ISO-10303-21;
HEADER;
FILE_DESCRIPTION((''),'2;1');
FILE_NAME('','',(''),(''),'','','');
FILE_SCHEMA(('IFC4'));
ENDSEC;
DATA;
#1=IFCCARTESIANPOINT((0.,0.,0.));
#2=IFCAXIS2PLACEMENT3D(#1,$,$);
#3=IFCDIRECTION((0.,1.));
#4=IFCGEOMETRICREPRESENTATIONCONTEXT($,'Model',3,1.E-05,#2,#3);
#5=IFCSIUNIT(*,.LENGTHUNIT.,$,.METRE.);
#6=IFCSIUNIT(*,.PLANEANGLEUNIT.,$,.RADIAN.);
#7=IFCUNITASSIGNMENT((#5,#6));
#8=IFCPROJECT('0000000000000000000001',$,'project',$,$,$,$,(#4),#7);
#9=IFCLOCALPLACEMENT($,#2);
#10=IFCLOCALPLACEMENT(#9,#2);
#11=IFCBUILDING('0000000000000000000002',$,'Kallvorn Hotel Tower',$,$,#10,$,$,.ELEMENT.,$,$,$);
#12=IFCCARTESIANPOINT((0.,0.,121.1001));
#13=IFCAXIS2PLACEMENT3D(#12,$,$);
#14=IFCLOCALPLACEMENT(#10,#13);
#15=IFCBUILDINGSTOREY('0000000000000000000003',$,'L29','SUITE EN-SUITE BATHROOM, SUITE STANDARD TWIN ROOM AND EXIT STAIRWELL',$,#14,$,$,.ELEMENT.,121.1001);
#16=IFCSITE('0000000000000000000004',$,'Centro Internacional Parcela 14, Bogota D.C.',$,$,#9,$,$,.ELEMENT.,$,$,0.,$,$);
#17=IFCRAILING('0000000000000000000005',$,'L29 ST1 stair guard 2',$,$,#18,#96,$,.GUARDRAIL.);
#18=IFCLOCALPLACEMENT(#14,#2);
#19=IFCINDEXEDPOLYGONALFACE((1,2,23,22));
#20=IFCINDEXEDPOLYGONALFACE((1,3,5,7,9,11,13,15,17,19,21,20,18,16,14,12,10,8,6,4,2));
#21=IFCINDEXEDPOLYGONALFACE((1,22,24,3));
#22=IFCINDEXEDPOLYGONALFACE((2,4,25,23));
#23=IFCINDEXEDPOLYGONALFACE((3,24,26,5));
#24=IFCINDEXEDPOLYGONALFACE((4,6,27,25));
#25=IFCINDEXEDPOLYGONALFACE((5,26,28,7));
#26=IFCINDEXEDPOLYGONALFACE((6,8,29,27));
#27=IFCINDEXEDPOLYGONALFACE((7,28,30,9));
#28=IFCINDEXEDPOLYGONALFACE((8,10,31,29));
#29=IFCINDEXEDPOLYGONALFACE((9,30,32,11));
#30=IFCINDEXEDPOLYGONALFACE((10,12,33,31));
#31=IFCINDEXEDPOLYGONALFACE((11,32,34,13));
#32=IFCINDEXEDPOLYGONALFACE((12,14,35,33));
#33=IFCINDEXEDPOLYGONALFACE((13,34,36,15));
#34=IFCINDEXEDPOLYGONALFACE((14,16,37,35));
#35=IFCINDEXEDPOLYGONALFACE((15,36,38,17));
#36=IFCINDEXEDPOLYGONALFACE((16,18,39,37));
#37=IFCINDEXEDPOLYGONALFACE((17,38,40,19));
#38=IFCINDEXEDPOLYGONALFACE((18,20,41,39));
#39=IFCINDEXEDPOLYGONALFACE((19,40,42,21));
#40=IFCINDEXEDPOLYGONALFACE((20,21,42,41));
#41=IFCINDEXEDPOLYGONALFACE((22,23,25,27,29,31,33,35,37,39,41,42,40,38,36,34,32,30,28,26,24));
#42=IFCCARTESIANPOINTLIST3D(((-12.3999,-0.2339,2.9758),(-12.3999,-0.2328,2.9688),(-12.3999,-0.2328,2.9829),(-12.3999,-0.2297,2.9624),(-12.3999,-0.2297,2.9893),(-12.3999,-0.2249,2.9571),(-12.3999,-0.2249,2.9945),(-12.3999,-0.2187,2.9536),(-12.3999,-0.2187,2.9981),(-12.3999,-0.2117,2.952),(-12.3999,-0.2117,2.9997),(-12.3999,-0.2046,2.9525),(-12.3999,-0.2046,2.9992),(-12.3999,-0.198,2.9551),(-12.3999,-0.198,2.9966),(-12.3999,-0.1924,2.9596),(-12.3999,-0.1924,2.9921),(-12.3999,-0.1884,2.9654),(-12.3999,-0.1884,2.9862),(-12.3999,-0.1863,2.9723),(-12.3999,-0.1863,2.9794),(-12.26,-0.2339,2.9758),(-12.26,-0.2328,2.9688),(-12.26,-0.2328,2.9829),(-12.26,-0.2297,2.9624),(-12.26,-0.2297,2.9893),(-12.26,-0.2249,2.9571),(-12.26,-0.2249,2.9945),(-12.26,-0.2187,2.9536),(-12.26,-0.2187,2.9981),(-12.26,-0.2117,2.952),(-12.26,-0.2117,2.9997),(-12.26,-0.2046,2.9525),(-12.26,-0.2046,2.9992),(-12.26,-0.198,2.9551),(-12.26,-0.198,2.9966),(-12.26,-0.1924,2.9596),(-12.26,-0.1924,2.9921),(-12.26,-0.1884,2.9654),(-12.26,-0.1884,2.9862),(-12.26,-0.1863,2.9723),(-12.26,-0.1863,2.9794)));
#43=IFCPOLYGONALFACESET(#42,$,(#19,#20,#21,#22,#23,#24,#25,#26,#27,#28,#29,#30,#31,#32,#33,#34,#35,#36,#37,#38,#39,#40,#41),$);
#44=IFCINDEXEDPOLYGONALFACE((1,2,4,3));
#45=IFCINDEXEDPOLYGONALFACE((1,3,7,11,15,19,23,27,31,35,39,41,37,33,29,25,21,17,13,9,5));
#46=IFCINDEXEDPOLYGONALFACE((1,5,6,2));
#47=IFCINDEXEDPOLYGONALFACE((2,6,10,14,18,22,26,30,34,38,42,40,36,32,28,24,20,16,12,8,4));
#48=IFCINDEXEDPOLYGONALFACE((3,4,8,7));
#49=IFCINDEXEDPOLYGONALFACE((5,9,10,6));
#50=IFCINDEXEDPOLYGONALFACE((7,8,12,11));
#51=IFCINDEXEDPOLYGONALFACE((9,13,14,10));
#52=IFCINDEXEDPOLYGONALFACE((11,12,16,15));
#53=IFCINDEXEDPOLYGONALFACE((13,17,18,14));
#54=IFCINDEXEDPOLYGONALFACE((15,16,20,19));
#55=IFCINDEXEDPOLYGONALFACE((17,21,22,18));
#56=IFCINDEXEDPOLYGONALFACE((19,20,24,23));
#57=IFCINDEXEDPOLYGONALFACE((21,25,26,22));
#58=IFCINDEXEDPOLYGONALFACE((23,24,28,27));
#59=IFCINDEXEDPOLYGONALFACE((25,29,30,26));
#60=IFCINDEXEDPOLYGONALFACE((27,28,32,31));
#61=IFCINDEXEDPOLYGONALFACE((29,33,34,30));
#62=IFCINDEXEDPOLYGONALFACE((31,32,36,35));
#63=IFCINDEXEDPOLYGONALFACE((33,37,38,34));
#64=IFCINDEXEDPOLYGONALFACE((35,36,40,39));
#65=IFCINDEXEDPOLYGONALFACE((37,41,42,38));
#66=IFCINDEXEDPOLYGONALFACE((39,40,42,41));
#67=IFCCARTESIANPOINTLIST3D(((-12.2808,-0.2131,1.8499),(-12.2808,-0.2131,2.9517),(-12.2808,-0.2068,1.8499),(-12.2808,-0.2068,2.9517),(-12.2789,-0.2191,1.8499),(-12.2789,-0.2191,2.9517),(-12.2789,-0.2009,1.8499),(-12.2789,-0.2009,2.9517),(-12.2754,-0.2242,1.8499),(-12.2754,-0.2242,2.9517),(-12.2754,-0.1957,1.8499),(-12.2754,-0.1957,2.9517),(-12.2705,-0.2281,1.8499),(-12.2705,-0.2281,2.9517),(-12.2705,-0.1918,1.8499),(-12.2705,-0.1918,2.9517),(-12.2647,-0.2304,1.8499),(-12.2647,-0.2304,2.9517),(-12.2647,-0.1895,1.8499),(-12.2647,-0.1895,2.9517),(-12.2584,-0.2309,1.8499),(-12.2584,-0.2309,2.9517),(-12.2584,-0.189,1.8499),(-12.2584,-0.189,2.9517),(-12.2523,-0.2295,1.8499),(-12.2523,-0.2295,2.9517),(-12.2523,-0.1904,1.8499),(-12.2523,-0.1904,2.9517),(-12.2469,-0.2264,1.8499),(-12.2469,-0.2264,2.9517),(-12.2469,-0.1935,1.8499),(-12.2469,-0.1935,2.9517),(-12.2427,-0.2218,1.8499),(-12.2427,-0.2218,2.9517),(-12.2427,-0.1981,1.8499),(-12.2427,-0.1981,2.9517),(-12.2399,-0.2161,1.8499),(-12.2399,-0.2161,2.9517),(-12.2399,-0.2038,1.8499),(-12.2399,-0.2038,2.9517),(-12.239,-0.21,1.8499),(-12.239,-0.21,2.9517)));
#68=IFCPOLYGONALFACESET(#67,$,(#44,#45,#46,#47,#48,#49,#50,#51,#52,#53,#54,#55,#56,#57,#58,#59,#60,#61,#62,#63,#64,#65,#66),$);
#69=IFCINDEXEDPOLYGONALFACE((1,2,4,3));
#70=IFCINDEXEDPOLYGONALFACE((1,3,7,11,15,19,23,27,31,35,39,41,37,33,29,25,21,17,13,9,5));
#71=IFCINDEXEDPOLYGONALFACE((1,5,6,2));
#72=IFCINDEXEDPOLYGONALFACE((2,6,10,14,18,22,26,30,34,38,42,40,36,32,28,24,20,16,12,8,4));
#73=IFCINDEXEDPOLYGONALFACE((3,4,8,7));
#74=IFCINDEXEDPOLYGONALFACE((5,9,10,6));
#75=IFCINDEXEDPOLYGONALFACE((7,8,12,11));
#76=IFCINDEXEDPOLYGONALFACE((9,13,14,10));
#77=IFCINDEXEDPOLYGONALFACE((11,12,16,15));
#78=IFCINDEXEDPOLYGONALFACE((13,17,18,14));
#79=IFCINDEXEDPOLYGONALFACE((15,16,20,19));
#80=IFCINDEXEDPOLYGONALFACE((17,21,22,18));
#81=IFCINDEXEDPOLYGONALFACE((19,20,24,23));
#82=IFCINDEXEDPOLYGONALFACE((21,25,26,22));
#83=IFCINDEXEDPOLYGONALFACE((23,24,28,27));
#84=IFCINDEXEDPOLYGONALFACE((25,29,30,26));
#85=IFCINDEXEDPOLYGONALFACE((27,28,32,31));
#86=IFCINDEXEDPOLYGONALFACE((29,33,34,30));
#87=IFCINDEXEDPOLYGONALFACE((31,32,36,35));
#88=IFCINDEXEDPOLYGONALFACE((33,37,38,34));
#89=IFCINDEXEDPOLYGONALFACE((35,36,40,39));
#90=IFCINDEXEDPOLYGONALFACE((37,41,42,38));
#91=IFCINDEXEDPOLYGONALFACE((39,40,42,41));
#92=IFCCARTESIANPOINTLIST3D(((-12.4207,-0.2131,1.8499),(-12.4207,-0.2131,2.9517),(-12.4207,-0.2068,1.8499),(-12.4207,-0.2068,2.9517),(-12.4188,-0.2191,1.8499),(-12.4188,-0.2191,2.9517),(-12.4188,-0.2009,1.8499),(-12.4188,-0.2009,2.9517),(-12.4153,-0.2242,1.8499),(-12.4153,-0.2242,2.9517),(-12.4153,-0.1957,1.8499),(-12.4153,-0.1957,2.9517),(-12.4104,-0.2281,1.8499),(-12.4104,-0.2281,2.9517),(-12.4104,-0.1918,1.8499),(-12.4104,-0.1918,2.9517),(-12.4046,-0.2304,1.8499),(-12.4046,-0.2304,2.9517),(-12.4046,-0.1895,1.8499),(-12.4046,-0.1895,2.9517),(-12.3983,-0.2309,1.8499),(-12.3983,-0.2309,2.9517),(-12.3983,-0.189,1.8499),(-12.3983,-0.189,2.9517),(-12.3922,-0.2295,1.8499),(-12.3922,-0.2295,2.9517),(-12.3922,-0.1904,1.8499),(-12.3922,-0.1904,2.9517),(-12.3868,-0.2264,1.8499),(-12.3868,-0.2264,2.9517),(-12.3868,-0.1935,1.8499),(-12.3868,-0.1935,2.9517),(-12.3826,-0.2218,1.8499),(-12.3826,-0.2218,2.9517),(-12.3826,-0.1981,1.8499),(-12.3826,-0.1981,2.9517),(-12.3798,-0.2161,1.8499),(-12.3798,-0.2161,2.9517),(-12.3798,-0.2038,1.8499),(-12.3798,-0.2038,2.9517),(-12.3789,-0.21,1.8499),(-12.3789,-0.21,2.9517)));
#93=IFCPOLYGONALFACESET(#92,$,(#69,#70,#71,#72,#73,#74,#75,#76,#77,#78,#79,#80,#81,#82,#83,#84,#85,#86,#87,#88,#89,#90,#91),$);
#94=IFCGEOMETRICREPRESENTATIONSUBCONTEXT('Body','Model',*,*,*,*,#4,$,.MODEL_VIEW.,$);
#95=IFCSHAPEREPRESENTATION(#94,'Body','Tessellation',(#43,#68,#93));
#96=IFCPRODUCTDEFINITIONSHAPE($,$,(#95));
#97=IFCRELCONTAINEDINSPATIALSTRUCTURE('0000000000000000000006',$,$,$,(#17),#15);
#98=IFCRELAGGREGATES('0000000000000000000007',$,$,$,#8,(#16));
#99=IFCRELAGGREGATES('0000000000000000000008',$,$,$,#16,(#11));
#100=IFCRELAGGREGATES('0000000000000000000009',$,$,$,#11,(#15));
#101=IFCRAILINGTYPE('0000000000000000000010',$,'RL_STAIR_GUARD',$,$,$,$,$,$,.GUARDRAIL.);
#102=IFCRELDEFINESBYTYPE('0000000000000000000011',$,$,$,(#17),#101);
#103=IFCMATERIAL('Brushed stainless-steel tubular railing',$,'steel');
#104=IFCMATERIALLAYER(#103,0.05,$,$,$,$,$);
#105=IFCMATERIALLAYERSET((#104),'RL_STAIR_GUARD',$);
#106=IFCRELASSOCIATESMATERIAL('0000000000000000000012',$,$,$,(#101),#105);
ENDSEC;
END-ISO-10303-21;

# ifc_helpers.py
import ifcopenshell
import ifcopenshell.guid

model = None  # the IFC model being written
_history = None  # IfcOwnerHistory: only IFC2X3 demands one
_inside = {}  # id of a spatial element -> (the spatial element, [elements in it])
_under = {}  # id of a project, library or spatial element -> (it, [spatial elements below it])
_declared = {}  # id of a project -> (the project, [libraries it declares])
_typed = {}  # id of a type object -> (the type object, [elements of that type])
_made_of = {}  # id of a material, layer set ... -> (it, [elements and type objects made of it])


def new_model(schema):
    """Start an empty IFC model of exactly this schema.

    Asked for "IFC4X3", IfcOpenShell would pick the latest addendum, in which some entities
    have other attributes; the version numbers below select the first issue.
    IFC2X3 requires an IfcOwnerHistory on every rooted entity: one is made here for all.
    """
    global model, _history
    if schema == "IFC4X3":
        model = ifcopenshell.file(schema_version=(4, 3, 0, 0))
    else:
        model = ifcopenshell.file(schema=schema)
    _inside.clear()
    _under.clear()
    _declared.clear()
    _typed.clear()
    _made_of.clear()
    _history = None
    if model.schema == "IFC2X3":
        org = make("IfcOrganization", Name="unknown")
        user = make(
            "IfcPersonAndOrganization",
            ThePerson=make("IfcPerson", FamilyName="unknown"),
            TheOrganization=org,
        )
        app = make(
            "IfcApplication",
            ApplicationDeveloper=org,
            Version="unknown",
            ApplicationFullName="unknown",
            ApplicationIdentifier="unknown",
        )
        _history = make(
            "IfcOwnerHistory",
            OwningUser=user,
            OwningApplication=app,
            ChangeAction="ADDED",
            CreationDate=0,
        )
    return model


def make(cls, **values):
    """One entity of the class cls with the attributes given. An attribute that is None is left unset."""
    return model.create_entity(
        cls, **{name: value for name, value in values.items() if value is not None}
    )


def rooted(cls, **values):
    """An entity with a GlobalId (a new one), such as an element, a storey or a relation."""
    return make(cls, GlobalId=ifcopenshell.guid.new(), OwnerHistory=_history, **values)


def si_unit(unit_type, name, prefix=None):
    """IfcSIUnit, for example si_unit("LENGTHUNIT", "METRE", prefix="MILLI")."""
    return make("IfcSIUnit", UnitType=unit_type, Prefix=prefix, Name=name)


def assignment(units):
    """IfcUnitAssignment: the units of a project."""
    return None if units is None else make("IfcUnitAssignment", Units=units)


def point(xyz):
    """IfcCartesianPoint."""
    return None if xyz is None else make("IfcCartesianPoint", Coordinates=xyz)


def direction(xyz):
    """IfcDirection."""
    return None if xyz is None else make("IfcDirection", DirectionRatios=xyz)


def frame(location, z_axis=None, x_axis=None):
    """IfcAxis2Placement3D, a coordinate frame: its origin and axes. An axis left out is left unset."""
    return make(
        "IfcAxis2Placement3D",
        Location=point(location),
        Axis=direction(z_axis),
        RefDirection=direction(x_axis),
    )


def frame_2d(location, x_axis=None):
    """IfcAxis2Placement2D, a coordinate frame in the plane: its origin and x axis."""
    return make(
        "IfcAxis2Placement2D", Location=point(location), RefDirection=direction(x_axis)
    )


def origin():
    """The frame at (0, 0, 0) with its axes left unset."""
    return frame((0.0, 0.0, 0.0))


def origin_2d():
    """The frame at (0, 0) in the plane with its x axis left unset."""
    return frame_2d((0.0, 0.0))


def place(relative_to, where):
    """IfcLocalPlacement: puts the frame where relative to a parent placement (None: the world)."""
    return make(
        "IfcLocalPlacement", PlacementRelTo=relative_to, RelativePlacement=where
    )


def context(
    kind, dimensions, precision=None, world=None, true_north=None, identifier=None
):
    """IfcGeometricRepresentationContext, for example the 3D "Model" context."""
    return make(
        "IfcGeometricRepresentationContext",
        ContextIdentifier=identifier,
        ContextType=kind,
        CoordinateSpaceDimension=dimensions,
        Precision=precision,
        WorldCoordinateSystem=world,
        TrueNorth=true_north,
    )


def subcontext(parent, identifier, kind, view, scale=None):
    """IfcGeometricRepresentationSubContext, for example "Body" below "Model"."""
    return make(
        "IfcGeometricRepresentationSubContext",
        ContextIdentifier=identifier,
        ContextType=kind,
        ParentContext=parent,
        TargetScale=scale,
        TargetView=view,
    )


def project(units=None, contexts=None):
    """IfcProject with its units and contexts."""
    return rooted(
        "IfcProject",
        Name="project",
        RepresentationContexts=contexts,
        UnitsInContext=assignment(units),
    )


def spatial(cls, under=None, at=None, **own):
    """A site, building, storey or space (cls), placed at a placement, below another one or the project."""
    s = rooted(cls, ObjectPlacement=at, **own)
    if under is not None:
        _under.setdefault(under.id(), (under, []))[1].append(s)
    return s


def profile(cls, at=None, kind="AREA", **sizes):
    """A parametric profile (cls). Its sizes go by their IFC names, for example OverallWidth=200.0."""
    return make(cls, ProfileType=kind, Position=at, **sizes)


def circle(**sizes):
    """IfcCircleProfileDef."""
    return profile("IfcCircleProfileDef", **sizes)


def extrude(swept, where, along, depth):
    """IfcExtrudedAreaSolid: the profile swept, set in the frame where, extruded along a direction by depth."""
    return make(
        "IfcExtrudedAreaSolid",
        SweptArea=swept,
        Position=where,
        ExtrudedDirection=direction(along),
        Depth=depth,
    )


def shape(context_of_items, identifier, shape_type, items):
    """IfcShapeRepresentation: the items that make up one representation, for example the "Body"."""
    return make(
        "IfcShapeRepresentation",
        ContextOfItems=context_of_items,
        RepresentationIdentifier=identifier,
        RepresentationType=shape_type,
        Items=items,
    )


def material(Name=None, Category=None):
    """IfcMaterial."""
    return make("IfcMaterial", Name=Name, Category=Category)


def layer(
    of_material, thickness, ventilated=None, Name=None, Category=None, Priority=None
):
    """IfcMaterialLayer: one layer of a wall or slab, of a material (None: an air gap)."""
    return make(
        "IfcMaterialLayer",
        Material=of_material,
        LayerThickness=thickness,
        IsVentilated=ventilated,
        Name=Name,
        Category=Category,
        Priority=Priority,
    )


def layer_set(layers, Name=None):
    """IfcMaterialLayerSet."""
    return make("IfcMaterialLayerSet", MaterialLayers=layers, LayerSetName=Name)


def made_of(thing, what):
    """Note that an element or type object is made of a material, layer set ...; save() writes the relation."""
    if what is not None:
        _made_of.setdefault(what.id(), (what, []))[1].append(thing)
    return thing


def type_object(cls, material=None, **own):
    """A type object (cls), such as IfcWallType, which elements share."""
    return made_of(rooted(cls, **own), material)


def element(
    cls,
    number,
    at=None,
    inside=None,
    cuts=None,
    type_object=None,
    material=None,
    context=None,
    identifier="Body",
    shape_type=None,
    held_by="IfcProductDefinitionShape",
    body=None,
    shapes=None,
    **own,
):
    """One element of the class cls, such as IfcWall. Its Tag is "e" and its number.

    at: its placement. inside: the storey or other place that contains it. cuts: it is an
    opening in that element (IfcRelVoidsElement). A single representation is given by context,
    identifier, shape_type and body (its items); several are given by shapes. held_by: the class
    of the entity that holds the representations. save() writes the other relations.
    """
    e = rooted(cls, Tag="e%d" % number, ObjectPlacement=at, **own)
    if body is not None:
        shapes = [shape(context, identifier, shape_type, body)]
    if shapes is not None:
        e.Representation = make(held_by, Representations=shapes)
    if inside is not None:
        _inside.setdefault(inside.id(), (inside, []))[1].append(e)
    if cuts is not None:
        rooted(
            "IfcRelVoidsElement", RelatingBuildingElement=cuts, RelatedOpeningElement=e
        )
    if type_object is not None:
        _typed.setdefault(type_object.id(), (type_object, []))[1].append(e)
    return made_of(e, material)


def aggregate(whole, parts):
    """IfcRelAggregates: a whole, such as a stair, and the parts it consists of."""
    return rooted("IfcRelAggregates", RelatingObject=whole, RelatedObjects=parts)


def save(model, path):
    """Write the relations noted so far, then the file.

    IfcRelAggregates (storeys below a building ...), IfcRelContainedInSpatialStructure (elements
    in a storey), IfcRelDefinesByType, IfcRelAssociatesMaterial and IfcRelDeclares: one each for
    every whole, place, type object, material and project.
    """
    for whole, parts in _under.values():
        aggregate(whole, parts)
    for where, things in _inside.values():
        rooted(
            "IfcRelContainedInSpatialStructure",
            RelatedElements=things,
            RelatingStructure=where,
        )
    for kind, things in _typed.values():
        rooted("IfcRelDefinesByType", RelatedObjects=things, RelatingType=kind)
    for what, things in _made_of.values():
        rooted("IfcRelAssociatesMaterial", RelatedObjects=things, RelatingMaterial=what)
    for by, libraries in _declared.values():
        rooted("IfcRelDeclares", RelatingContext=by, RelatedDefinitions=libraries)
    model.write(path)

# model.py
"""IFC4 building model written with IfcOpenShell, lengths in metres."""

from ifc_helpers import new_model, si_unit, direction, frame, origin, origin_2d, place, context, subcontext, project, spatial, circle, extrude, material, layer, layer_set, type_object, element, save


model = new_model("IFC4")

# Units and contexts
model_context = context("Model", 3, precision=1e-05, world=origin(), true_north=direction((0.0, 1.0)))
body_context = subcontext(model_context, "Body", "Model", "MODEL_VIEW")
ifc_project = project(units=[si_unit("LENGTHUNIT", "METRE"), si_unit("PLANEANGLEUNIT", "RADIAN")], contexts=[model_context])

# Site, building, storey
site_placement = place(None, origin())
site = spatial("IfcSite", under=ifc_project, at=site_placement, Name="Centro Internacional Parcela 14, Bogota D.C.", CompositionType="ELEMENT", RefElevation=0.0)
building_placement = place(site_placement, origin())
building = spatial("IfcBuilding", under=site, at=building_placement, Name="Kallvorn Hotel Tower", CompositionType="ELEMENT")
storey_placement = place(building_placement, frame((0.0, 0.0, 121.1001)))
storey = spatial("IfcBuildingStorey", under=building, at=storey_placement, Name="L29", Description="SUITE EN-SUITE BATHROOM, SUITE STANDARD TWIN ROOM AND EXIT STAIRWELL", CompositionType="ELEMENT", Elevation=121.1001)

# Railing
ifc_material_1 = material(Name="Brushed stainless-steel tubular railing", Category="steel")
ifc_layer_1 = layer(ifc_material_1, 0.05)
ifc_layer_set_1 = layer_set([ifc_layer_1], Name="RL_STAIR_GUARD")
railing_type_1 = type_object("IfcRailingType", Name="RL_STAIR_GUARD", PredefinedType="GUARDRAIL", material=ifc_layer_set_1)
railing_1_placement = place(storey_placement, frame((-12.26, -0.21, 1.8499)))
element("IfcRailing", 1, at=railing_1_placement, inside=storey, type_object=railing_type_1, Name="L29 ST1 stair guard 2", PredefinedType="GUARDRAIL", context=body_context, shape_type="SweptSolid", body=[
    extrude(circle(Radius=0.0239, at=origin_2d()), frame((0.0, 0.0, 1.126), z_axis=(-1.0, 0.0, 0.0), x_axis=(0.0, -1.0, 0.0)), (0.0, 0.0, 1.0), 0.1399),
    extrude(circle(Radius=0.021, at=origin_2d()), origin(), (0.0, 0.0, 1.0), 1.1018),
    extrude(circle(Radius=0.021, at=origin_2d()), frame((-0.1399, 0.0, 0.0)), (0.0, 0.0, 1.0), 1.1018),
])

save(model, "model.ifc")
